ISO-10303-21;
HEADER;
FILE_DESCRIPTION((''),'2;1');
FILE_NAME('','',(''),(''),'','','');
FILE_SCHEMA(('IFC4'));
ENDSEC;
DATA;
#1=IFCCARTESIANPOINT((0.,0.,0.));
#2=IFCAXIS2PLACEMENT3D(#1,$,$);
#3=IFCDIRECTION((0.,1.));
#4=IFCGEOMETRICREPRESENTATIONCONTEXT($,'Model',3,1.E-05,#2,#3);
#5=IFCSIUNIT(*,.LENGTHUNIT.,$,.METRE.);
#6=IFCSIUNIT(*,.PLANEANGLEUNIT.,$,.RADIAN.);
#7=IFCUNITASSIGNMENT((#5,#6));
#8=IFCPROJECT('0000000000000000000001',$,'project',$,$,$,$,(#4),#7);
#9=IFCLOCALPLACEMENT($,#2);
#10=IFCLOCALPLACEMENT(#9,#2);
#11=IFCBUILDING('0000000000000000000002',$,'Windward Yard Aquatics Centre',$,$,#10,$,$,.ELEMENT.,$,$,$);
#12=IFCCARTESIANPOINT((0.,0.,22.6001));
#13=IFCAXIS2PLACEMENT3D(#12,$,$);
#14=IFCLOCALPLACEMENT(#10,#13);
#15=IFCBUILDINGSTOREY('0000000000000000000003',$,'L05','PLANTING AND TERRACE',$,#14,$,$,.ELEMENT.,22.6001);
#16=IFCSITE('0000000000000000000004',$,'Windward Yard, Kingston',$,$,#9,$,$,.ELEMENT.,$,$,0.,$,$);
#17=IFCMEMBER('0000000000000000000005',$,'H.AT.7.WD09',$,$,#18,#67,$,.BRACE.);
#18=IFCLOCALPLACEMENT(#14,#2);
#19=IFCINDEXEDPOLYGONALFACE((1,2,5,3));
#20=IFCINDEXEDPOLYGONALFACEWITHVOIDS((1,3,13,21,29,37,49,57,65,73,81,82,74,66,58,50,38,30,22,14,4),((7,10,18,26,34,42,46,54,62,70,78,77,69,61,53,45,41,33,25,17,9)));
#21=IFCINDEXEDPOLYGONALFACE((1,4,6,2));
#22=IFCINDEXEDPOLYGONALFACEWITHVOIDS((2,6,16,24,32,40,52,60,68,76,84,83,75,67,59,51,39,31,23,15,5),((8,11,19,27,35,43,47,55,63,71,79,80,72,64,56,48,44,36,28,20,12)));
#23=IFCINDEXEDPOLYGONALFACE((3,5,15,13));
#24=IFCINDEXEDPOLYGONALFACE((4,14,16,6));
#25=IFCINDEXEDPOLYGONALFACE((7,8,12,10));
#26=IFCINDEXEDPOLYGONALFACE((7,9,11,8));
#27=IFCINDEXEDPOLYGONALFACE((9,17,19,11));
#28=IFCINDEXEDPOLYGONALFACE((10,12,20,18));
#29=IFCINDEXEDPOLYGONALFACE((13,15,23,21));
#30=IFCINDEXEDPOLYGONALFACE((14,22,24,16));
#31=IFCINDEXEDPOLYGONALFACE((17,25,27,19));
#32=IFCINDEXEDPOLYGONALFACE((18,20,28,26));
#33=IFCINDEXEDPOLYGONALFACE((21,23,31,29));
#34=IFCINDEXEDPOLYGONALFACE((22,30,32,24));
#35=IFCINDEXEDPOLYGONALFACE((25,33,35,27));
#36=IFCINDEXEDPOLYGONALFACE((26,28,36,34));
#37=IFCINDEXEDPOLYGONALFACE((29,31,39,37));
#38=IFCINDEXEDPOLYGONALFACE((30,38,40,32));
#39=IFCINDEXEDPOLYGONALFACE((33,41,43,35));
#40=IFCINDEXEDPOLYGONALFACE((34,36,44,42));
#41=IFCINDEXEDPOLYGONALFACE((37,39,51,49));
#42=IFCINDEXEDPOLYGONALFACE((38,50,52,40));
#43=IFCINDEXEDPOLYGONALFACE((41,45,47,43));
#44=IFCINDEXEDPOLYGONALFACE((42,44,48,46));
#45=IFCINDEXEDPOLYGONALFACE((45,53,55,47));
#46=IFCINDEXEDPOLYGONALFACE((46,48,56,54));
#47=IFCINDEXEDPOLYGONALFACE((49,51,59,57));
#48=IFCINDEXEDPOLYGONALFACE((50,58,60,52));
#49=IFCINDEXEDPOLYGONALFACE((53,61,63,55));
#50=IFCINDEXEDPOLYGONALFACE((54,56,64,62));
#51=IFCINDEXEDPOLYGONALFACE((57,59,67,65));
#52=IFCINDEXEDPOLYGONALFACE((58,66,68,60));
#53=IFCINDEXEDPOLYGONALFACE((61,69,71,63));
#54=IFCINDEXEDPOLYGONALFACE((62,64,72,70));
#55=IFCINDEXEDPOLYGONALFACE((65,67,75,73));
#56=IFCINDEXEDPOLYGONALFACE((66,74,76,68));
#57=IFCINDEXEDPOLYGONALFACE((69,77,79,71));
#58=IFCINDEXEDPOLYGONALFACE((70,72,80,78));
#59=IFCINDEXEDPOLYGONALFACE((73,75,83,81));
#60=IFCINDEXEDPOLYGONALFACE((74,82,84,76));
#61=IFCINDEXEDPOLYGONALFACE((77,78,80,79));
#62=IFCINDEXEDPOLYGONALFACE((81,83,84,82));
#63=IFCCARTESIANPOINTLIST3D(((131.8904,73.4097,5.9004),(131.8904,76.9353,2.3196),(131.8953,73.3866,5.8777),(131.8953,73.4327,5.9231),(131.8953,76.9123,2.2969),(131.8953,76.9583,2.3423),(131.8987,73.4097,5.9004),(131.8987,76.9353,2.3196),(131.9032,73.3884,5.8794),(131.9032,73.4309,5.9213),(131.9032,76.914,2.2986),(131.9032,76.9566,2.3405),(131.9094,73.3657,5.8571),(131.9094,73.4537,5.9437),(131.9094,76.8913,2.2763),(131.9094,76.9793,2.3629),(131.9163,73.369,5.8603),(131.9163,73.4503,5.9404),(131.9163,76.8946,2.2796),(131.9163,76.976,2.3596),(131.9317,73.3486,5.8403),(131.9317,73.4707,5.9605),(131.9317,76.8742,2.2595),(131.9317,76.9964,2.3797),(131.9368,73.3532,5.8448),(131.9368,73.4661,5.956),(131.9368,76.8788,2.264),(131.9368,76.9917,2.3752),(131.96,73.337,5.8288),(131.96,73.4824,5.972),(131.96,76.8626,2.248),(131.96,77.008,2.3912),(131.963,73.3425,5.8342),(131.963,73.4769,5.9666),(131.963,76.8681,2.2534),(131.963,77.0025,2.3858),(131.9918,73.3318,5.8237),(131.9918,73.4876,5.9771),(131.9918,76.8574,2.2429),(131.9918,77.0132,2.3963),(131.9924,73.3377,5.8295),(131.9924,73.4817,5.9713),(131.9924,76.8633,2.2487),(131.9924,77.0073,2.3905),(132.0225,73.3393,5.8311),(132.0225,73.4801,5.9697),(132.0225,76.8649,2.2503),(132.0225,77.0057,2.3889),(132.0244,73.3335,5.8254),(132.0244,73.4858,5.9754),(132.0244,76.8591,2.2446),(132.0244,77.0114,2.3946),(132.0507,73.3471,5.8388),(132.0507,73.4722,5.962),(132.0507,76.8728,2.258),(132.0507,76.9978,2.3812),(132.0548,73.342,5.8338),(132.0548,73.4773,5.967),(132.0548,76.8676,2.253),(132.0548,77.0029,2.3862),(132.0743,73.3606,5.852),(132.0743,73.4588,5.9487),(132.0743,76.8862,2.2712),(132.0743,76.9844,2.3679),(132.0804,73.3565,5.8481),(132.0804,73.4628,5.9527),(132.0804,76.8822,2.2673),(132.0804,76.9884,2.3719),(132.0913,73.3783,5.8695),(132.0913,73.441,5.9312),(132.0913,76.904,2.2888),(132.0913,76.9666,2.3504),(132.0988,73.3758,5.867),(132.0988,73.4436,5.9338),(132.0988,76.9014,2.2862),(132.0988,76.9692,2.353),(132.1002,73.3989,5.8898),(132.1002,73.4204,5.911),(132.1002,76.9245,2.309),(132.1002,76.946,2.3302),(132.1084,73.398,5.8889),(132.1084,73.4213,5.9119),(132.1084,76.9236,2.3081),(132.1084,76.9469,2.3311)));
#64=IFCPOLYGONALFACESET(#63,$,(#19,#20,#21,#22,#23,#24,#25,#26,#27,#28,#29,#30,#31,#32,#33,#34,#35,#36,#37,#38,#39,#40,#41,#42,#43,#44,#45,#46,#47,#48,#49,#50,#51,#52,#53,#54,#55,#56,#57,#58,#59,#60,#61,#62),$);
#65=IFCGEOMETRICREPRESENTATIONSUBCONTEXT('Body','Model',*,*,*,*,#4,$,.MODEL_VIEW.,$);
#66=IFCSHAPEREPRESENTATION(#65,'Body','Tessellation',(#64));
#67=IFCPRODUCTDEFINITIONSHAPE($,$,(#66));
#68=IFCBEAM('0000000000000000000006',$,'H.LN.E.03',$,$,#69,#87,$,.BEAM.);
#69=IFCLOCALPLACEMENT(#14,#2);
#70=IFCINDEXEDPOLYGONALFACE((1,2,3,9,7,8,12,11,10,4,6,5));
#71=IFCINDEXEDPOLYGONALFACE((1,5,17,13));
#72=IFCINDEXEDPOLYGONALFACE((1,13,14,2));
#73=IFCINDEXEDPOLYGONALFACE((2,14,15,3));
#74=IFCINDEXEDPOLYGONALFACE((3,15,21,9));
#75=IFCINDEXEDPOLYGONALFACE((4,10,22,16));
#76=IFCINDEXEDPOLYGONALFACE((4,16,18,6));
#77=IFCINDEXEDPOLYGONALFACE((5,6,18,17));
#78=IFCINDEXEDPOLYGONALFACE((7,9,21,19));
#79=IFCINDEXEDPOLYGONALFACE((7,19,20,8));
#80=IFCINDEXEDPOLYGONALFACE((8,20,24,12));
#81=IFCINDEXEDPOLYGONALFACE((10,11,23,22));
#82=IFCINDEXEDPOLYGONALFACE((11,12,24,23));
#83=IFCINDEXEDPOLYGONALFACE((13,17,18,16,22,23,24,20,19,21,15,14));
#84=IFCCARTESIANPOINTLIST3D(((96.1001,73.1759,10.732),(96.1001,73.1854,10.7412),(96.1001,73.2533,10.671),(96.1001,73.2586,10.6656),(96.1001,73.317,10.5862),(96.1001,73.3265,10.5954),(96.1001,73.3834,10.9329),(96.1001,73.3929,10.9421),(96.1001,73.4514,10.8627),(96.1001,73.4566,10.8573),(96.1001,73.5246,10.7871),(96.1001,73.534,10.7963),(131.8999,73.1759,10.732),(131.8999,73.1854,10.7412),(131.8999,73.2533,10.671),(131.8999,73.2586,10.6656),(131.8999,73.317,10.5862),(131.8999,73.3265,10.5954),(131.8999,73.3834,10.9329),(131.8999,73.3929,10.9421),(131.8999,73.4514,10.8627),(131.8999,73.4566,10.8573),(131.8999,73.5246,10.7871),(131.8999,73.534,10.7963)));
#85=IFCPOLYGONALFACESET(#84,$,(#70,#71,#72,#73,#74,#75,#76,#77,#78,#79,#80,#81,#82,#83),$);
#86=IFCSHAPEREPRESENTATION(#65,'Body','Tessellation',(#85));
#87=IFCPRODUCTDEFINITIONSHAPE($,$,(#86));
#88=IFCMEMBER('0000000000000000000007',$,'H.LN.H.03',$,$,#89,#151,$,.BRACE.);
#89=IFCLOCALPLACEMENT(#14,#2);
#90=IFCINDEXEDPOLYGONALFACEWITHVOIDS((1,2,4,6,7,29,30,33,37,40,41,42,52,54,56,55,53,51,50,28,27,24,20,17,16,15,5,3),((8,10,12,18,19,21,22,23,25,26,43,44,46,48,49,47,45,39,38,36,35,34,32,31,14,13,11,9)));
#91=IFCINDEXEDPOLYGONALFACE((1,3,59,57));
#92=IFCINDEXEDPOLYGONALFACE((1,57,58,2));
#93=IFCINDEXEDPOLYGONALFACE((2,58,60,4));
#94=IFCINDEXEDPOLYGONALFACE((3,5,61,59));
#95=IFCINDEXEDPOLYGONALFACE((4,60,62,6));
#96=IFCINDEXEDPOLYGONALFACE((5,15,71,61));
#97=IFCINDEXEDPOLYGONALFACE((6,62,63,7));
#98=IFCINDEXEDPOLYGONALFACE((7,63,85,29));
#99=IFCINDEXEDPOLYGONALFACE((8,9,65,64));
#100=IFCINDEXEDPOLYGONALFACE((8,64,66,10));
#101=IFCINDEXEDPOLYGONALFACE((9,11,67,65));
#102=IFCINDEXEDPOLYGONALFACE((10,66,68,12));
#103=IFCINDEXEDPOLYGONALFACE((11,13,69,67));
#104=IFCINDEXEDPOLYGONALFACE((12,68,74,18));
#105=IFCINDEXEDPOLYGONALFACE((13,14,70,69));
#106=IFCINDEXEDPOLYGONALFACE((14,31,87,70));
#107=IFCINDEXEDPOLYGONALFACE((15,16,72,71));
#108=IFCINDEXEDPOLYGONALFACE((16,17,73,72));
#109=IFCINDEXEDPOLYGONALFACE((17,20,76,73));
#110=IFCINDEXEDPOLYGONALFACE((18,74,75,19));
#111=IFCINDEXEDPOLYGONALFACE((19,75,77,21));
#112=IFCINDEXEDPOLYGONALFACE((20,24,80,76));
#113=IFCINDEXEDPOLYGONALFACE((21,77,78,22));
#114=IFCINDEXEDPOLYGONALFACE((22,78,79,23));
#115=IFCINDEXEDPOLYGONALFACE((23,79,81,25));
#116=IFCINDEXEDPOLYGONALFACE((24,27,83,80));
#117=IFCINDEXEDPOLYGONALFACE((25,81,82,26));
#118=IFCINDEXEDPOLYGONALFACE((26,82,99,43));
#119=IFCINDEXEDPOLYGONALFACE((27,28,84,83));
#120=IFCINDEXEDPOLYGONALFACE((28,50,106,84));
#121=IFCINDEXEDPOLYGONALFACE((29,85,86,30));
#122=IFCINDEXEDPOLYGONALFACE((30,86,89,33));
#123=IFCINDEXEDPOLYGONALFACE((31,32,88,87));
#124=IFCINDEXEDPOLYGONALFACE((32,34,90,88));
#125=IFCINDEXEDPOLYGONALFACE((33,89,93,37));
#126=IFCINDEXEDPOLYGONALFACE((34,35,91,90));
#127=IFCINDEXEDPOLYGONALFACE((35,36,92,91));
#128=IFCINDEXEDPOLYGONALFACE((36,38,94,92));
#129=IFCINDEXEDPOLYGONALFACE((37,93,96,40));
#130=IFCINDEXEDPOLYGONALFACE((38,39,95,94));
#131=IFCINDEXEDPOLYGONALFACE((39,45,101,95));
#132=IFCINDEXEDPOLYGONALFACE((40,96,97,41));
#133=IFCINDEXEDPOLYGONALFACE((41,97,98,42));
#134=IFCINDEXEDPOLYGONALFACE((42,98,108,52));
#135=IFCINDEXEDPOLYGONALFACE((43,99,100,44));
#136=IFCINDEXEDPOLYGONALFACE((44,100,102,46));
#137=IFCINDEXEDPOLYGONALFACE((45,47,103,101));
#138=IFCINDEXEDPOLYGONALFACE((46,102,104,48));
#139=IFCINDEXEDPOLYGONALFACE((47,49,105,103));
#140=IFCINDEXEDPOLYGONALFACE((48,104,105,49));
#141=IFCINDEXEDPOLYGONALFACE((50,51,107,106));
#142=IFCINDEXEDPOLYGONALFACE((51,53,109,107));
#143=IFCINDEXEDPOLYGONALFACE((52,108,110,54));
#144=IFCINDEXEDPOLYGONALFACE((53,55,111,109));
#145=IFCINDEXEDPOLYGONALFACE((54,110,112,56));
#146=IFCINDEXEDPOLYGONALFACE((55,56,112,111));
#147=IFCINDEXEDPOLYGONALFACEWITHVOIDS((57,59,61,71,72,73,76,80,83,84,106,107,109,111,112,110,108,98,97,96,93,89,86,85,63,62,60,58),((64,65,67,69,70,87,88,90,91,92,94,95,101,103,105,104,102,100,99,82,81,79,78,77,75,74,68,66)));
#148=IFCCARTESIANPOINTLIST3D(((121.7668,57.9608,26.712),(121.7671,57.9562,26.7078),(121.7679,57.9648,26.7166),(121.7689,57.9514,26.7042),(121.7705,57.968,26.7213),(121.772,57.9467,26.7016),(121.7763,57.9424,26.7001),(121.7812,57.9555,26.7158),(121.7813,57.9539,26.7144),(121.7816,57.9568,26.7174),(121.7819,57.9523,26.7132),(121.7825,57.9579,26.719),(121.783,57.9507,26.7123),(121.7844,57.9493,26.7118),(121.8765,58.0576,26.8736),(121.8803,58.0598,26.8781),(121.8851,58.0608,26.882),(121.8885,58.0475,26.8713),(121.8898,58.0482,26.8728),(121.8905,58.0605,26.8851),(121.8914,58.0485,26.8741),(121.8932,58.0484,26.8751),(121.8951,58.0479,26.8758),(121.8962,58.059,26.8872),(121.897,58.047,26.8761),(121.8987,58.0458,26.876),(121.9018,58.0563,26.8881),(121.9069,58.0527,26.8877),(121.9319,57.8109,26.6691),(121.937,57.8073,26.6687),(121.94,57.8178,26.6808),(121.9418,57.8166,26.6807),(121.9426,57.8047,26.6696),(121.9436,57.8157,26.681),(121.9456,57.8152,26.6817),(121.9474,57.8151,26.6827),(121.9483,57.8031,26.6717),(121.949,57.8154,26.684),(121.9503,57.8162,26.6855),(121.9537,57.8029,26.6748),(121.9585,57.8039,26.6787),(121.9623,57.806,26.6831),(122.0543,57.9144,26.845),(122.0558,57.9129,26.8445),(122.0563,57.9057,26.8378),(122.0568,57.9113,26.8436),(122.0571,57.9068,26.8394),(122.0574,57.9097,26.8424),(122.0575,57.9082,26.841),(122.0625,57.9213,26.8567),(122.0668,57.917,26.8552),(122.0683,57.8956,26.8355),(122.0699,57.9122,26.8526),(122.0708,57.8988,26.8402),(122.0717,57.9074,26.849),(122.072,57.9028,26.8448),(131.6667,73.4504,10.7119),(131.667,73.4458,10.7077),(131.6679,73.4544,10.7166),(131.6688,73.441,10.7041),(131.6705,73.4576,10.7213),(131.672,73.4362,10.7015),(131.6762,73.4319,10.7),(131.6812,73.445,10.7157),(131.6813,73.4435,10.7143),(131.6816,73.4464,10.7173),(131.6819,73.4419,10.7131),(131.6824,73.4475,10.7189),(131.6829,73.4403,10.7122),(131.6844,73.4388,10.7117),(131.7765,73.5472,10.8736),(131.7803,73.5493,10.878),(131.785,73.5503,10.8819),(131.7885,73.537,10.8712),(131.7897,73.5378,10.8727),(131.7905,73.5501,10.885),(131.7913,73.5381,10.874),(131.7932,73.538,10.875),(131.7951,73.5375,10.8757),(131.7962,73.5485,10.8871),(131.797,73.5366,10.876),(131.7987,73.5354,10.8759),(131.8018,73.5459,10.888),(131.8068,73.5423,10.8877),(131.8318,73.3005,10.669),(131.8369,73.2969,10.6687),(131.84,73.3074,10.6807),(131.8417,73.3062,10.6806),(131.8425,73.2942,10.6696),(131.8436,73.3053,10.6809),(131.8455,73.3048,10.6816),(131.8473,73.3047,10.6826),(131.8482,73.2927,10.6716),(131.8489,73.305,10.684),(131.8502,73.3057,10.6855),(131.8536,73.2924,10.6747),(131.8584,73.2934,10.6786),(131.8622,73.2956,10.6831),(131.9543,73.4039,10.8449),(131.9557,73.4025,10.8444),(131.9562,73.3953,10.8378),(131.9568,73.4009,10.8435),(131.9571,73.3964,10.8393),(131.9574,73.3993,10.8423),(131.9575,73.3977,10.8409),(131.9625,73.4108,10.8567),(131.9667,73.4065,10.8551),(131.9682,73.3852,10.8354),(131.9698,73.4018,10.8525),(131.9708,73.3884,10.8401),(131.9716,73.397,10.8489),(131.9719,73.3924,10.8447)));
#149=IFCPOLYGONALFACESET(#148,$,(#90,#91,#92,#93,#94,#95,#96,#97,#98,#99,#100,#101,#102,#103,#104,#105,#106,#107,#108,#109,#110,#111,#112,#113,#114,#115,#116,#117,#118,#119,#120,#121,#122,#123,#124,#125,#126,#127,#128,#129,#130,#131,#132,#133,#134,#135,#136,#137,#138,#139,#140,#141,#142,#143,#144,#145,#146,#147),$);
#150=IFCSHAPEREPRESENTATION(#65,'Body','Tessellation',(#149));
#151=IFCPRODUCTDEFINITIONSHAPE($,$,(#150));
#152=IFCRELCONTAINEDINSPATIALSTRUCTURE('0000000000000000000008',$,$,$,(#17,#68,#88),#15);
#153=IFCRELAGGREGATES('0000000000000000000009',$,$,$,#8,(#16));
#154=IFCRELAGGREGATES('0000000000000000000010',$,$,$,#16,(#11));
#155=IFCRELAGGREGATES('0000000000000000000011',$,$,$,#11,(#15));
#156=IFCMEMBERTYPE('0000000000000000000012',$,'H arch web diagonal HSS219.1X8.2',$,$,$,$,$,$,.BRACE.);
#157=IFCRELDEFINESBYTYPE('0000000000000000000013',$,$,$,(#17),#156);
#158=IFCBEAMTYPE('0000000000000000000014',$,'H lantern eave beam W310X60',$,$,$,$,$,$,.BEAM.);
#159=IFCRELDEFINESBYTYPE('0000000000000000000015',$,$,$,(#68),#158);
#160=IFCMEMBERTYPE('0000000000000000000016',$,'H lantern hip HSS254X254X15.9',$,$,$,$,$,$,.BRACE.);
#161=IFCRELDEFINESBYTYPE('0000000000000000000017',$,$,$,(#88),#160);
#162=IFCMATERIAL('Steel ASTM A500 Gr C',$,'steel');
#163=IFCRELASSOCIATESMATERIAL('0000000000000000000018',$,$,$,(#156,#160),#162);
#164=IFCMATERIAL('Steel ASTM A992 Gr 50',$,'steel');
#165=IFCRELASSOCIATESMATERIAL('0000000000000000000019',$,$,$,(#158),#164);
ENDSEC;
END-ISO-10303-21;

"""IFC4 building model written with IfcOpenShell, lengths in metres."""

from ifc_helpers import new_model, si_unit, direction, frame, origin, origin_2d, place, context, subcontext, project, spatial, hollow_rectangle, hollow_circle, i_section, extrude, material, material_profile, profile_set, type_object, element, save


model = new_model("IFC4")

# Units and contexts
model_context = context("Model", 3, precision=1e-05, world=origin(), true_north=direction((0.0, 1.0)))
body_context = subcontext(model_context, "Body", "Model", "MODEL_VIEW")
ifc_project = project(units=[si_unit("LENGTHUNIT", "METRE"), si_unit("PLANEANGLEUNIT", "RADIAN")], contexts=[model_context])

# Site, building, storey
site_placement = place(None, origin())
site = spatial("IfcSite", under=ifc_project, at=site_placement, Name="Windward Yard, Kingston", CompositionType="ELEMENT", RefElevation=0.0)
building_placement = place(site_placement, origin())
building = spatial("IfcBuilding", under=site, at=building_placement, Name="Windward Yard Aquatics Centre", CompositionType="ELEMENT")
storey_placement = place(building_placement, frame((0.0, 0.0, 22.6001)))
storey = spatial("IfcBuildingStorey", under=building, at=storey_placement, Name="L05", Description="PLANTING AND TERRACE", CompositionType="ELEMENT", Elevation=22.6001)

# Member
ifc_material_1 = material(Name="Steel ASTM A500 Gr C", Category="steel")
ifc_material_profile_1 = material_profile(ifc_material_1, hollow_circle(Radius=0.1096, WallThickness=0.0083, at=origin_2d()), Name="HSS219.1X8.2")
ifc_profile_set_1 = profile_set([ifc_material_profile_1], Name="Steel ASTM A500 Gr C")
member_type_1 = type_object("IfcMemberType", Name="H arch web diagonal HSS219.1X8.2", PredefinedType="BRACE", material=ifc_profile_set_1)
member_1_placement = place(storey_placement, frame((132.0, 73.4097, 5.9004), z_axis=(0.0, 0.701596, -0.712575), x_axis=(-1.0, 0.0, 0.0)))
element("IfcMember", 1, at=member_1_placement, inside=storey, type_object=member_type_1, Name="H.AT.7.WD09", PredefinedType="BRACE", context=body_context, shape_type="SweptSolid", body=[
    extrude(hollow_circle(Radius=0.1096, WallThickness=0.0083, at=origin_2d()), origin(), (0.0, 0.0, 1.0), 5.0251),
])

# Beam
ifc_material_2 = material(Name="Steel ASTM A992 Gr 50", Category="steel")
ifc_material_profile_2 = material_profile(ifc_material_2, i_section(OverallWidth=0.2029, OverallDepth=0.302, WebThickness=0.0076, FlangeThickness=0.0132, at=origin_2d()), Name="W310X60")
ifc_profile_set_2 = profile_set([ifc_material_profile_2], Name="Steel ASTM A992 Gr 50")
beam_type = type_object("IfcBeamType", Name="H lantern eave beam W310X60", PredefinedType="BEAM", material=ifc_profile_set_2)
beam_placement = place(storey_placement, frame((131.8999, 73.355, 10.7642), z_axis=(-1.0, 0.0, 0.0), x_axis=(0.0, -0.69555, 0.718477)))
element("IfcBeam", 2, at=beam_placement, inside=storey, type_object=beam_type, Name="H.LN.E.03", PredefinedType="BEAM", context=body_context, shape_type="SweptSolid", body=[
    extrude(i_section(OverallWidth=0.2029, OverallDepth=0.302, WebThickness=0.0076, FlangeThickness=0.0132, at=origin_2d()), origin(), (0.0, 0.0, 1.0), 35.7998),
])

# Member
ifc_material_profile_3 = material_profile(ifc_material_1, hollow_rectangle(XDim=0.2539, YDim=0.2539, WallThickness=0.0159, InnerFilletRadius=0.0081, OuterFilletRadius=0.0239, at=origin_2d()), Name="HSS254X254X15.9")
ifc_profile_set_3 = profile_set([ifc_material_profile_3], Name="Steel ASTM A500 Gr C")
member_type_2 = type_object("IfcMemberType", Name="H lantern hip HSS254X254X15.9", PredefinedType="BRACE", material=ifc_profile_set_3)
member_2_placement = place(storey_placement, frame((131.8193, 73.4214, 10.7783), z_axis=(-0.406221, -0.635578, 0.656525), x_axis=(0.755175, -0.638033, -0.150416)))
element("IfcMember", 3, at=member_2_placement, inside=storey, type_object=member_type_2, Name="H.LN.H.03", PredefinedType="BRACE", context=body_context, shape_type="SweptSolid", body=[
    extrude(hollow_rectangle(XDim=0.2539, YDim=0.2539, WallThickness=0.0159, InnerFilletRadius=0.0081, OuterFilletRadius=0.0239, at=origin_2d()), origin(), (0.0, 0.0, 1.0), 24.3708),
])

save(model, "model.ifc")
